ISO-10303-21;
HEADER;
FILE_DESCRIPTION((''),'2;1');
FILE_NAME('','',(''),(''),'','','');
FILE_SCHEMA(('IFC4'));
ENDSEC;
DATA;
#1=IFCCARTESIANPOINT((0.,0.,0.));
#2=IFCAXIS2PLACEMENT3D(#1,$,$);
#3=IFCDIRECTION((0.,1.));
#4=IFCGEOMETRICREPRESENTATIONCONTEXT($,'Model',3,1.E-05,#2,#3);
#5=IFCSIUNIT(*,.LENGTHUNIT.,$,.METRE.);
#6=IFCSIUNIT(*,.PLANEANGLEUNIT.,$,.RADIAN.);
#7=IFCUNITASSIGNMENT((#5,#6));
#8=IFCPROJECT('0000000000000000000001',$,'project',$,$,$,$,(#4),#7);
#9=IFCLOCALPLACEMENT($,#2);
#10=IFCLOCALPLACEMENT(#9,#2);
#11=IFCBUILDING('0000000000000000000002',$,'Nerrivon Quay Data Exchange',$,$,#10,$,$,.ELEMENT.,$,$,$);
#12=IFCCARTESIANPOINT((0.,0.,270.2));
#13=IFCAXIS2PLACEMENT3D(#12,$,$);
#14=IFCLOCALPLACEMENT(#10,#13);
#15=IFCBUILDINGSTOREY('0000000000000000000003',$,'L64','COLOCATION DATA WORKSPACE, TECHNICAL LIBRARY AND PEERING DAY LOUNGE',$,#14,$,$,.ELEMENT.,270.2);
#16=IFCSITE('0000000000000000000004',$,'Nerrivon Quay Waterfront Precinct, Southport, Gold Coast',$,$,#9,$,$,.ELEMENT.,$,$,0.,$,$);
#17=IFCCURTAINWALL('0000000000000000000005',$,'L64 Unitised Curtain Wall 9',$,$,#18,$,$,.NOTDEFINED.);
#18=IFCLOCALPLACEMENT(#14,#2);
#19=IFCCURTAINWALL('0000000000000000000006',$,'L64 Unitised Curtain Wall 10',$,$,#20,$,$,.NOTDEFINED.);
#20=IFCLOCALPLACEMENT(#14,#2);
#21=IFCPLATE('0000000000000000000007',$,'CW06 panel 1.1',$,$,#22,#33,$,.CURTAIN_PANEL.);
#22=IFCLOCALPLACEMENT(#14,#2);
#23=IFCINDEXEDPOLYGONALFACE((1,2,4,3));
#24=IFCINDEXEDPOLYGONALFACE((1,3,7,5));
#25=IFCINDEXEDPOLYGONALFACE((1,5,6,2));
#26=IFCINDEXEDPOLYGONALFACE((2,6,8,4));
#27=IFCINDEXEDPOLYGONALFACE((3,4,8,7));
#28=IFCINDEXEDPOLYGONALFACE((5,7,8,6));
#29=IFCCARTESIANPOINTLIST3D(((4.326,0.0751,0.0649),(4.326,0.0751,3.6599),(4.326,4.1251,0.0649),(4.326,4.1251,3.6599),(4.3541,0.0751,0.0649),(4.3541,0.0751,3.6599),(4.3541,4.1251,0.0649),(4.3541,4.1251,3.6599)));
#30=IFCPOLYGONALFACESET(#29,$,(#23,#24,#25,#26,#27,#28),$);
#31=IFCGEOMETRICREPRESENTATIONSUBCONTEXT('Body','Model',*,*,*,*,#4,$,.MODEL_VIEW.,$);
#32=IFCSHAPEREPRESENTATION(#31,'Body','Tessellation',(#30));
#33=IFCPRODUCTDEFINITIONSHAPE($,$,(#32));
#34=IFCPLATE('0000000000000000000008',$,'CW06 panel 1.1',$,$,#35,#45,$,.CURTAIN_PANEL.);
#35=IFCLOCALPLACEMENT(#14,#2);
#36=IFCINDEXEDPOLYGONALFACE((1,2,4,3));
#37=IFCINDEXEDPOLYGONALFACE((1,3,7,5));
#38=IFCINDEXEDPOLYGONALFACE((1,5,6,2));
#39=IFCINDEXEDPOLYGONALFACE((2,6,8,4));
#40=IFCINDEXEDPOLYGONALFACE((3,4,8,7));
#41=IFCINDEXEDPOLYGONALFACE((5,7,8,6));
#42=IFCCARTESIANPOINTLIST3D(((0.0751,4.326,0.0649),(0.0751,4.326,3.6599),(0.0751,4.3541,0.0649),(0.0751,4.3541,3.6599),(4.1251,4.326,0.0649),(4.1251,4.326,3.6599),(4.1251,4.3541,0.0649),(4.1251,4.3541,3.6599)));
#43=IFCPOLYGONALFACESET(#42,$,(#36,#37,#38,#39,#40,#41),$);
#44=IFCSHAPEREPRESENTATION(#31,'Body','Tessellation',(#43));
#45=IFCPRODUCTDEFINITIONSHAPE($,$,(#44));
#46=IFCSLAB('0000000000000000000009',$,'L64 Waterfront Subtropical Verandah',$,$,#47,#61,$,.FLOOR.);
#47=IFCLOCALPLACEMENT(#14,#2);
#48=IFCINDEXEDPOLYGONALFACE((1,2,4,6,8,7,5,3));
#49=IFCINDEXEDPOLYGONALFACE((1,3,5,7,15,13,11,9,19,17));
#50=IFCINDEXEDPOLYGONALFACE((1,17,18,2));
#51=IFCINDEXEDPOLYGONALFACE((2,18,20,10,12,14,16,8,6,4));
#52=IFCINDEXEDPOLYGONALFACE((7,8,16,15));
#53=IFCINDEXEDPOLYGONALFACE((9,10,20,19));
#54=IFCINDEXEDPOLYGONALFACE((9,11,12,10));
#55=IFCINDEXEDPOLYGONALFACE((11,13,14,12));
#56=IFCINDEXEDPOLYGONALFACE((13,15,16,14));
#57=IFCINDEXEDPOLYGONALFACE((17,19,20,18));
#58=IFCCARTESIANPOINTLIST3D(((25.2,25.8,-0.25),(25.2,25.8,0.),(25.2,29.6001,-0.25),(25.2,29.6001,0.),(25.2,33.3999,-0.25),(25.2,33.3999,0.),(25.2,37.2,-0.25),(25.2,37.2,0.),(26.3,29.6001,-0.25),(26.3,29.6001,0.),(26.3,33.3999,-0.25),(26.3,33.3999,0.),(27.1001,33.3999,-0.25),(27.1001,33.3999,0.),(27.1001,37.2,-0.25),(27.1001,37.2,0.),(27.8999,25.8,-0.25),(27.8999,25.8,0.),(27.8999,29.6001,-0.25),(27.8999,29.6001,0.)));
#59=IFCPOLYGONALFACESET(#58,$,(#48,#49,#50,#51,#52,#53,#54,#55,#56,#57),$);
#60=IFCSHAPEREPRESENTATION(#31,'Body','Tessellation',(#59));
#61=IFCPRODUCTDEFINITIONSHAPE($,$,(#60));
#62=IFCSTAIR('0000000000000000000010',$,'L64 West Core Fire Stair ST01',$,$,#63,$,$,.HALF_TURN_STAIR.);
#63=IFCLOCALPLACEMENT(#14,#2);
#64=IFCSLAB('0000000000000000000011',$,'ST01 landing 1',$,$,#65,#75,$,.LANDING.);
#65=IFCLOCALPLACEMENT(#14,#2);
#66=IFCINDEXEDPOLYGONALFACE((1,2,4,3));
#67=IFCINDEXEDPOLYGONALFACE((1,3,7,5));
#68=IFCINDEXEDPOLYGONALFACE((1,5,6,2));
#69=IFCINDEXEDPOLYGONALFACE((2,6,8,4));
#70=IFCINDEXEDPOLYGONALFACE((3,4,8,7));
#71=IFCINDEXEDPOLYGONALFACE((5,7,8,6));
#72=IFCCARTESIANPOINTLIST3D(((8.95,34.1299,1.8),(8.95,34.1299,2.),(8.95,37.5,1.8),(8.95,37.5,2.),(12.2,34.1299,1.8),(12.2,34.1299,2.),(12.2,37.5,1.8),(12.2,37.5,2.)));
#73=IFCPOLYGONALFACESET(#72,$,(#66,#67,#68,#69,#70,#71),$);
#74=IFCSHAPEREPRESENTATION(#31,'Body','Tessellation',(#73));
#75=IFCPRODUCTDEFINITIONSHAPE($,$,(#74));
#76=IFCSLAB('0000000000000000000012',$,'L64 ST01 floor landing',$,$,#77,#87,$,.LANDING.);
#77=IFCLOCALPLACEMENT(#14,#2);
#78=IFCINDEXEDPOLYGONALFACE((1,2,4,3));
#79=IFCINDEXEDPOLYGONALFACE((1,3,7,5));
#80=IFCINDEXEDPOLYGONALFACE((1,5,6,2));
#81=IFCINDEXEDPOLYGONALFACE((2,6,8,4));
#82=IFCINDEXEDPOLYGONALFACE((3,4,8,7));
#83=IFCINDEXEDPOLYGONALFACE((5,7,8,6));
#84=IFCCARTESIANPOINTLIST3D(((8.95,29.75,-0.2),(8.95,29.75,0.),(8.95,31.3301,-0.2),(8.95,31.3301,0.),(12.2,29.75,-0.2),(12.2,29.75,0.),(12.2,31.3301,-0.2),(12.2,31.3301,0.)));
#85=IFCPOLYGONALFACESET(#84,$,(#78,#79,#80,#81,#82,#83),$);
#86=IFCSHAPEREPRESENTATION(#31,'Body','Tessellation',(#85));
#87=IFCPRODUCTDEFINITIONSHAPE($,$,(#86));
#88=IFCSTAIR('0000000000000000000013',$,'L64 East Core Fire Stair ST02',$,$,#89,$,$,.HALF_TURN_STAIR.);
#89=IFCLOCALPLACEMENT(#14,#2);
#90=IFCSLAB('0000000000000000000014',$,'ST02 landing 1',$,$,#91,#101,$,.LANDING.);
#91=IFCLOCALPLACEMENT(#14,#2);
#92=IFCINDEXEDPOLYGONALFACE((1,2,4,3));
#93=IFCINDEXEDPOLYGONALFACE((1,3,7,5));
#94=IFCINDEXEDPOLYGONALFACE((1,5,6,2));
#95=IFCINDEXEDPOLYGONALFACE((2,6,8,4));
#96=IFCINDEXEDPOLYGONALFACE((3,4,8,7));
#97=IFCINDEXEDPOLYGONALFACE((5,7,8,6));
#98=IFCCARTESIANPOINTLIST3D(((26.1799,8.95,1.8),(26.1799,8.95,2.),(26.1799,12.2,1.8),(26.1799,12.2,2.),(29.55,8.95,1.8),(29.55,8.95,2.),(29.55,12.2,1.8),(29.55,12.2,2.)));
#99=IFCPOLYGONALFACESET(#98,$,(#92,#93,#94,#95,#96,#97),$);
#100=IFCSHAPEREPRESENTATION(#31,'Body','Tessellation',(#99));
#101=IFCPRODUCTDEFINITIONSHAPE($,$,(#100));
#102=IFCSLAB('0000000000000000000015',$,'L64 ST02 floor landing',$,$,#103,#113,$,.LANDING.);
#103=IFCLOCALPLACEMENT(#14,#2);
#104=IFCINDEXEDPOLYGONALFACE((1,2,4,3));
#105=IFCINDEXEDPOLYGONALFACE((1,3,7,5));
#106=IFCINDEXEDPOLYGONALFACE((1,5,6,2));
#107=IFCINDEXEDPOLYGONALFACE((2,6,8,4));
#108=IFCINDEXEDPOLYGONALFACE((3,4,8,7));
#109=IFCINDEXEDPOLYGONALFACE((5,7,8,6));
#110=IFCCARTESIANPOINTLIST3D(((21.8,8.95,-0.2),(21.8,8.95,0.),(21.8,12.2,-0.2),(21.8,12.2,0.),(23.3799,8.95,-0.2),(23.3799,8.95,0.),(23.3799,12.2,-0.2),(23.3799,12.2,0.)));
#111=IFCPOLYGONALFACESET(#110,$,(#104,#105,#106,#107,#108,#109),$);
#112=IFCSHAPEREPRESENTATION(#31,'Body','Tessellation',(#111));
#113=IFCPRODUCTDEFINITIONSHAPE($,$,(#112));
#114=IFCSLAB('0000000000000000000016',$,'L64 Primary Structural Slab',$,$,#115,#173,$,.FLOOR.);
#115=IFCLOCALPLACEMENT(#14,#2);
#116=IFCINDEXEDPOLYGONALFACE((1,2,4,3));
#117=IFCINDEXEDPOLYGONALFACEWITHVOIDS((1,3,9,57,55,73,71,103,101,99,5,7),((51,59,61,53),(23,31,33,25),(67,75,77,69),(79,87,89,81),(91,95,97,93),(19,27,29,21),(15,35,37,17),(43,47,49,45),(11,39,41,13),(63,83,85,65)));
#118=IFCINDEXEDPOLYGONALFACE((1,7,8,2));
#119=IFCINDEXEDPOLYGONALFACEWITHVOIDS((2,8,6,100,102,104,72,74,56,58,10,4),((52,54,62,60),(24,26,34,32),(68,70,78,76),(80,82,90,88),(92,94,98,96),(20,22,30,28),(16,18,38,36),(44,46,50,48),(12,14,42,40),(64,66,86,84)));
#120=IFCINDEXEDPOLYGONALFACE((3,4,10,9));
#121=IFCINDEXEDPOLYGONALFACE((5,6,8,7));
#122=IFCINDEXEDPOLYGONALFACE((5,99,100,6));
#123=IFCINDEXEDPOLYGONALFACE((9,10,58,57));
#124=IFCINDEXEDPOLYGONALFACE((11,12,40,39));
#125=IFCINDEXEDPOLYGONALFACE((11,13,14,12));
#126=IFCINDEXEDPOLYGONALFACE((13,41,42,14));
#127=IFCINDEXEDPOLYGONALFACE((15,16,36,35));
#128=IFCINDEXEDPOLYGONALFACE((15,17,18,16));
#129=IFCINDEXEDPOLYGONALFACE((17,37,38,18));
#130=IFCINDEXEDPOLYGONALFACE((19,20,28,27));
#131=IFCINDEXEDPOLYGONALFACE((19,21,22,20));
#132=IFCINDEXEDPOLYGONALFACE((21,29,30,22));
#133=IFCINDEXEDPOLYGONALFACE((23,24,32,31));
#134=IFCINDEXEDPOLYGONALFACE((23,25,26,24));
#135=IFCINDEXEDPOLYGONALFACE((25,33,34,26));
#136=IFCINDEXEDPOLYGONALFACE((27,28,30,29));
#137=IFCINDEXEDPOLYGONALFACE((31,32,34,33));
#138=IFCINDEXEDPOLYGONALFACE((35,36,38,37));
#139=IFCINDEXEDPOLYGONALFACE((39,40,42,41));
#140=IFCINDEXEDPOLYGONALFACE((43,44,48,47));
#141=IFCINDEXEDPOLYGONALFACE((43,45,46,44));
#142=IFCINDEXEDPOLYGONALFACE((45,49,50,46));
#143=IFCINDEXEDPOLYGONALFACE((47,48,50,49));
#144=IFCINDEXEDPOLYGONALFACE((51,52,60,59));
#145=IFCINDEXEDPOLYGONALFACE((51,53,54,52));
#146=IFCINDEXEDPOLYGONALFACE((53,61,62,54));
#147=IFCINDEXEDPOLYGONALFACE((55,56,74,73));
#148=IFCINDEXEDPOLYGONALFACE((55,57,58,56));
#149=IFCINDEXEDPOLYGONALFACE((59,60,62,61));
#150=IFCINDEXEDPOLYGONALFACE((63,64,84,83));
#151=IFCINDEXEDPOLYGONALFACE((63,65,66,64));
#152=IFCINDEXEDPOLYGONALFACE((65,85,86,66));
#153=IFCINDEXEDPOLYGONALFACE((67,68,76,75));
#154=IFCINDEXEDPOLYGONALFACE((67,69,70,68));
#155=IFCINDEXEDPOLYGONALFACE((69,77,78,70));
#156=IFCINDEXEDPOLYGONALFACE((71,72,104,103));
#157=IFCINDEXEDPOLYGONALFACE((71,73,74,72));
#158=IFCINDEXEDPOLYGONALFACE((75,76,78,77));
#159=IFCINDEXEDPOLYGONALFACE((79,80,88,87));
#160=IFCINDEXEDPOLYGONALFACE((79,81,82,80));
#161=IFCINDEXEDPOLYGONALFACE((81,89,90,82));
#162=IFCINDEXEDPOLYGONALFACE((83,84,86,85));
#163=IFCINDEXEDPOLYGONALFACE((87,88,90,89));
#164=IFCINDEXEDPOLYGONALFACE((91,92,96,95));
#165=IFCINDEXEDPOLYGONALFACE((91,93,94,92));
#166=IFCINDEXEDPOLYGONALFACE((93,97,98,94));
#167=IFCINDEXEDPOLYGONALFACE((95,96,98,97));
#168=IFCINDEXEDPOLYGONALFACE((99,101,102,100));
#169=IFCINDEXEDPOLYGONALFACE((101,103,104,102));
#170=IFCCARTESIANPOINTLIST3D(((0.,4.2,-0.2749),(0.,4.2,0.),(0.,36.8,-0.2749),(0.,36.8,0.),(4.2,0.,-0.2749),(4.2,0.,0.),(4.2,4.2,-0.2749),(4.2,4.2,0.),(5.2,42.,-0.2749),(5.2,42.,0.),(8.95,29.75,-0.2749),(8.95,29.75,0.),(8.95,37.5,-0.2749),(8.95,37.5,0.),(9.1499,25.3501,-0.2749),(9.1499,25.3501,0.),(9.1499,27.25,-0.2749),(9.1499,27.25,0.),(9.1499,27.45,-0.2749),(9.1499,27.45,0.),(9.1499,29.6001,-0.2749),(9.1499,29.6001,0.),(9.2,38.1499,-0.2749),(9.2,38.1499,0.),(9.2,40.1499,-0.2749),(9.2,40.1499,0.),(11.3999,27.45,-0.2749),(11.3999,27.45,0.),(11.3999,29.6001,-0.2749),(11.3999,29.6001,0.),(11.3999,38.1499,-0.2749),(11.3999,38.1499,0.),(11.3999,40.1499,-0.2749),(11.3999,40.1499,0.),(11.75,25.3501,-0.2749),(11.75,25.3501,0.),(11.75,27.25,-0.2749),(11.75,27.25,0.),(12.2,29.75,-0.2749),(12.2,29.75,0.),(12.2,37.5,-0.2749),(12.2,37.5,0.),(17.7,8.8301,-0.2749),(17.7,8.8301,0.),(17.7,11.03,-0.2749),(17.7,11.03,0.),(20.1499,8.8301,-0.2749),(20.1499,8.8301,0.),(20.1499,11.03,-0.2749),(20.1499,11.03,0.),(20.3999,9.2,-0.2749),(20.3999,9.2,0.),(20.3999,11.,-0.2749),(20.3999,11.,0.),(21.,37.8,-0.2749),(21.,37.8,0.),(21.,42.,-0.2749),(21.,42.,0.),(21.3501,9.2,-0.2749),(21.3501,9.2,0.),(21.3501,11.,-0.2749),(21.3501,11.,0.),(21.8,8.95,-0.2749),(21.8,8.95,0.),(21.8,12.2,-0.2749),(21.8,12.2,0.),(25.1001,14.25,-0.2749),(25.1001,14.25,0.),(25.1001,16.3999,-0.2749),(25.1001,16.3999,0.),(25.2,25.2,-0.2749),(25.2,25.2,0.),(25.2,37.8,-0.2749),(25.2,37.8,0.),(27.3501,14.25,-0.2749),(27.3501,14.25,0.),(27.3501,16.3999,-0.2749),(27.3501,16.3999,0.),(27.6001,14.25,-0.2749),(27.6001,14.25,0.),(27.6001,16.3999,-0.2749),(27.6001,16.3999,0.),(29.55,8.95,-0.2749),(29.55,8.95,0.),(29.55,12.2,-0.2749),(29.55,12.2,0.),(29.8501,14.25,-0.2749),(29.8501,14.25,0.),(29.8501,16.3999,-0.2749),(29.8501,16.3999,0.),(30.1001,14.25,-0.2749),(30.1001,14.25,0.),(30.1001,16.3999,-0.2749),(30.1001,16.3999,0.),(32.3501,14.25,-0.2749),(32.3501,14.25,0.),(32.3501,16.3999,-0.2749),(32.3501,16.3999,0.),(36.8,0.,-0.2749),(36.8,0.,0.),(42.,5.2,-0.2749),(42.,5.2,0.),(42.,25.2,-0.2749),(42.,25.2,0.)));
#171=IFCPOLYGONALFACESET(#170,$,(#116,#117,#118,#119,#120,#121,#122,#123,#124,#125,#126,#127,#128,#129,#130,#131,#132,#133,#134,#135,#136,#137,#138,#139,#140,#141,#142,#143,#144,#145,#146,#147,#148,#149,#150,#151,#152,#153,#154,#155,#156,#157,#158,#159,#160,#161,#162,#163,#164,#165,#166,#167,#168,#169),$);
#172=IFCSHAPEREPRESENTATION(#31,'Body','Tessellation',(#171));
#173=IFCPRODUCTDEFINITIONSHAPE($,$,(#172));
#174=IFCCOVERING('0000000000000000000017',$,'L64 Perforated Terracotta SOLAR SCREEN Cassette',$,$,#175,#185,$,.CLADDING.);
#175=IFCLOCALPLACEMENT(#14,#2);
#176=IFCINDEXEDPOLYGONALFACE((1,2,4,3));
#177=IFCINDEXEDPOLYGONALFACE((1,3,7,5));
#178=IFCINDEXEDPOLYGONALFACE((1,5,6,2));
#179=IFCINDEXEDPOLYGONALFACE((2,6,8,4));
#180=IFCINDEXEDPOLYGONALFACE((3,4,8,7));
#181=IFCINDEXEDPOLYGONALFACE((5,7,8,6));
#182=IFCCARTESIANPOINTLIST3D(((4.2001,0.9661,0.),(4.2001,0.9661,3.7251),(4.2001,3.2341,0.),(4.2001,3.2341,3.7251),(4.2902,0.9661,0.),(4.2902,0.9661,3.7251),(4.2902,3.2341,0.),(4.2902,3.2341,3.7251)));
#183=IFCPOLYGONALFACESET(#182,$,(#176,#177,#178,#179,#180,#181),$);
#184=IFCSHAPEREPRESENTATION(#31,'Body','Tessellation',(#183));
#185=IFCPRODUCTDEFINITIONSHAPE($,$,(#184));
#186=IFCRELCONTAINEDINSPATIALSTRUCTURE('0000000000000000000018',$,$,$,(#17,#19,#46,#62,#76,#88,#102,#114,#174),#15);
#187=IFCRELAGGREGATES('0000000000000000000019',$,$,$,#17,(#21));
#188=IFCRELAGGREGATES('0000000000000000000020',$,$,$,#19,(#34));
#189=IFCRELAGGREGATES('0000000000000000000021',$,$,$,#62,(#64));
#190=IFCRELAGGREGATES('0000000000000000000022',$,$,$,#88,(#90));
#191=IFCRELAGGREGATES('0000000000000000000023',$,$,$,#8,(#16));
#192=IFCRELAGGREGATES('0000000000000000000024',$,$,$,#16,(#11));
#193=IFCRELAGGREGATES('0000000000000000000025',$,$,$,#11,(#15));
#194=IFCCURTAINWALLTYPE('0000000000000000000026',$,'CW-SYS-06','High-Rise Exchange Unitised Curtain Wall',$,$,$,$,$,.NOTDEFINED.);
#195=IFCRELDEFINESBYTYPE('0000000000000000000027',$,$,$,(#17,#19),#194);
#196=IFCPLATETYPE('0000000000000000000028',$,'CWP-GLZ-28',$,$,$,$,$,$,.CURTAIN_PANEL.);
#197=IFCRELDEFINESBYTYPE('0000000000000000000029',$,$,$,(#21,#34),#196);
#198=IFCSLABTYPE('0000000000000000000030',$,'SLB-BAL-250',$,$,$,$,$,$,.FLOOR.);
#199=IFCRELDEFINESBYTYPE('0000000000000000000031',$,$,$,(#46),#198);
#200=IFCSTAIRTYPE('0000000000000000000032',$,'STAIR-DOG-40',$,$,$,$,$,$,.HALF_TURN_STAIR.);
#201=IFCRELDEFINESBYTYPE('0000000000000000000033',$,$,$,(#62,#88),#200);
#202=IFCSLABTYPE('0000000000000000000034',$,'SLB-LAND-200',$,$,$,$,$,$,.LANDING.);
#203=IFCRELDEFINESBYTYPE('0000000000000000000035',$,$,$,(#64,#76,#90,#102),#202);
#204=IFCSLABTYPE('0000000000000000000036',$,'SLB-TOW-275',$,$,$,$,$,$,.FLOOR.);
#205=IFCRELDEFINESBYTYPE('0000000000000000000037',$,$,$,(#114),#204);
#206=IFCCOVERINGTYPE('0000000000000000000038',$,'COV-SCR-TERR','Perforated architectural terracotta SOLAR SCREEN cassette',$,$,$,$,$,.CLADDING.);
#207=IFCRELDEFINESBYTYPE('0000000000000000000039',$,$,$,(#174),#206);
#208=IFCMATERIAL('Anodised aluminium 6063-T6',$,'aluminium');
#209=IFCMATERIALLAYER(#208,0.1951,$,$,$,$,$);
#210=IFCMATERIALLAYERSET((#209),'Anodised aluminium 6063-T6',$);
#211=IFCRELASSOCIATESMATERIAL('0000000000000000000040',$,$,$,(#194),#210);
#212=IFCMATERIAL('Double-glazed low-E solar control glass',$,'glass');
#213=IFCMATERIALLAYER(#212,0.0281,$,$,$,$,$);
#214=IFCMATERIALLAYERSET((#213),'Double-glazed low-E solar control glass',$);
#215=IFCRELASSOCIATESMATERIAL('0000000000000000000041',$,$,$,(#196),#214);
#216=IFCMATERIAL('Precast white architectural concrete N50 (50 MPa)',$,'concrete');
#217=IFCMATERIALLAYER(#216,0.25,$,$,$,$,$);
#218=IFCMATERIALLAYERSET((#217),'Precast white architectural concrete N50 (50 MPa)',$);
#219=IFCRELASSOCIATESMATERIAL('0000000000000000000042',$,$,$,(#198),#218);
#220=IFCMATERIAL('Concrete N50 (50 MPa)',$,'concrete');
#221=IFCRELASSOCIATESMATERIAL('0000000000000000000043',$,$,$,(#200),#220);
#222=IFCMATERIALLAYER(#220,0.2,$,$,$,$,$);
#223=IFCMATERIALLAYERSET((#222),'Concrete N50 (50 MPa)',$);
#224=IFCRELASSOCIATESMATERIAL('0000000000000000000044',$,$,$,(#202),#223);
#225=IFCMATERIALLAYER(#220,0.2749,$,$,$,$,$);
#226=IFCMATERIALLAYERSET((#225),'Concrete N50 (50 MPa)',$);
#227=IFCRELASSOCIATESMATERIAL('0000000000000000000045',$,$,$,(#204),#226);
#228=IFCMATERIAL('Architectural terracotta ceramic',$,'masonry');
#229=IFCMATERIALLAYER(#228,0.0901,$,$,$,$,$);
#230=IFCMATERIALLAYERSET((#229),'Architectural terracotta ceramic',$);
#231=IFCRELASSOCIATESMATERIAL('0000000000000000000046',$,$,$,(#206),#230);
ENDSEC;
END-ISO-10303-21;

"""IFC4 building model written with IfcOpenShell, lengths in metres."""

from ifc_helpers import new_model, si_unit, direction, frame, origin, origin_2d, place, context, subcontext, project, spatial, polyline, rectangle, outline, extrude, material, layer, layer_set, type_object, element, aggregate, save


model = new_model("IFC4")

# Units and contexts
model_context = context("Model", 3, precision=1e-05, world=origin(), true_north=direction((0.0, 1.0)))
body_context = subcontext(model_context, "Body", "Model", "MODEL_VIEW")
ifc_project = project(units=[si_unit("LENGTHUNIT", "METRE"), si_unit("PLANEANGLEUNIT", "RADIAN")], contexts=[model_context])

# Site, building, storey
site_placement = place(None, origin())
site = spatial("IfcSite", under=ifc_project, at=site_placement, Name="Nerrivon Quay Waterfront Precinct, Southport, Gold Coast", CompositionType="ELEMENT", RefElevation=0.0)
building_placement = place(site_placement, origin())
building = spatial("IfcBuilding", under=site, at=building_placement, Name="Nerrivon Quay Data Exchange", CompositionType="ELEMENT")
storey_placement = place(building_placement, frame((0.0, 0.0, 270.2)))
storey = spatial("IfcBuildingStorey", under=building, at=storey_placement, Name="L64", Description="COLOCATION DATA WORKSPACE, TECHNICAL LIBRARY AND PEERING DAY LOUNGE", CompositionType="ELEMENT", Elevation=270.2)

# Curtain wall
ifc_material_1 = material(Name="Anodised aluminium 6063-T6", Category="aluminium")
ifc_layer_1 = layer(ifc_material_1, 0.1951)
ifc_layer_set_1 = layer_set([ifc_layer_1], Name="Anodised aluminium 6063-T6")
curtain_wall_type = type_object("IfcCurtainWallType", Name="CW-SYS-06", Description="High-Rise Exchange Unitised Curtain Wall", PredefinedType="NOTDEFINED", material=ifc_layer_set_1)
curtain_wall_1_placement = place(storey_placement, origin())
curtain_wall_1 = element("IfcCurtainWall", 1, at=curtain_wall_1_placement, inside=storey, type_object=curtain_wall_type, Name="L64 Unitised Curtain Wall 9", PredefinedType="NOTDEFINED")

# Curtain wall
curtain_wall_2_placement = place(storey_placement, origin())
curtain_wall_2 = element("IfcCurtainWall", 2, at=curtain_wall_2_placement, inside=storey, type_object=curtain_wall_type, Name="L64 Unitised Curtain Wall 10", PredefinedType="NOTDEFINED")

# Plates
ifc_material_2 = material(Name="Double-glazed low-E solar control glass", Category="glass")
ifc_layer_2 = layer(ifc_material_2, 0.0281)
ifc_layer_set_2 = layer_set([ifc_layer_2], Name="Double-glazed low-E solar control glass")
plate_type = type_object("IfcPlateType", Name="CWP-GLZ-28", PredefinedType="CURTAIN_PANEL", material=ifc_layer_set_2)
plate_1_placement = place(storey_placement, frame((4.3401, 2.1001, 0.0649), z_axis=(0.0, 0.0, 1.0), x_axis=(0.0, 1.0, 0.0)))
plate_1 = element("IfcPlate", 3, at=plate_1_placement, type_object=plate_type, Name="CW06 panel 1.1", PredefinedType="CURTAIN_PANEL", context=body_context, shape_type="SweptSolid", body=[
    extrude(rectangle(XDim=4.05, YDim=0.0281, at=origin_2d()), origin(), (0.0, 0.0, 1.0), 3.595),
])
aggregate(curtain_wall_1, [plate_1])
plate_2_placement = place(storey_placement, frame((2.1001, 4.3401, 0.0649), z_axis=(0.0, 0.0, 1.0), x_axis=(-1.0, 0.0, 0.0)))
plate_2 = element("IfcPlate", 4, at=plate_2_placement, type_object=plate_type, Name="CW06 panel 1.1", PredefinedType="CURTAIN_PANEL", context=body_context, shape_type="SweptSolid", body=[
    extrude(rectangle(XDim=4.05, YDim=0.0281, at=origin_2d()), origin(), (0.0, 0.0, 1.0), 3.595),
])
aggregate(curtain_wall_2, [plate_2])

# Slab
ifc_material_3 = material(Name="Precast white architectural concrete N50 (50 MPa)", Category="concrete")
ifc_layer_3 = layer(ifc_material_3, 0.25)
ifc_layer_set_3 = layer_set([ifc_layer_3], Name="Precast white architectural concrete N50 (50 MPa)")
slab_type_1 = type_object("IfcSlabType", Name="SLB-BAL-250", PredefinedType="FLOOR", material=ifc_layer_set_3)
slab_1_placement = place(storey_placement, frame((0.0, 0.0, -0.25)))
element("IfcSlab", 5, at=slab_1_placement, inside=storey, type_object=slab_type_1, Name="L64 Waterfront Subtropical Verandah", PredefinedType="FLOOR", context=body_context, shape_type="SweptSolid", body=[
    extrude(outline(polyline([(26.3, 29.6001), (26.3, 33.3999), (27.1001, 33.3999), (27.1001, 37.2), (25.2, 37.2), (25.2, 33.3999), (25.2, 29.6001), (25.2, 25.8), (27.8999, 25.8), (27.8999, 29.6001), (26.3, 29.6001)])), origin(), (0.0, 0.0, 1.0), 0.25),
])

# Stair, slab
ifc_material_4 = material(Name="Concrete N50 (50 MPa)", Category="concrete")
stair_type = type_object("IfcStairType", Name="STAIR-DOG-40", PredefinedType="HALF_TURN_STAIR", material=ifc_material_4)
stair_1_placement = place(storey_placement, origin())
stair_1 = element("IfcStair", 6, at=stair_1_placement, inside=storey, type_object=stair_type, Name="L64 West Core Fire Stair ST01", PredefinedType="HALF_TURN_STAIR")
ifc_layer_4 = layer(ifc_material_4, 0.2)
ifc_layer_set_4 = layer_set([ifc_layer_4], Name="Concrete N50 (50 MPa)")
slab_type_2 = type_object("IfcSlabType", Name="SLB-LAND-200", PredefinedType="LANDING", material=ifc_layer_set_4)
slab_2_placement = place(storey_placement, frame((0.0, 0.0, 1.8)))
slab_2 = element("IfcSlab", 7, at=slab_2_placement, type_object=slab_type_2, Name="ST01 landing 1", PredefinedType="LANDING", context=body_context, shape_type="SweptSolid", body=[
    extrude(outline(polyline([(12.2, 34.1299), (12.2, 37.5), (8.95, 37.5), (8.95, 34.1299), (12.2, 34.1299)])), origin(), (0.0, 0.0, 1.0), 0.2),
])
aggregate(stair_1, [slab_2])

# Slab
slab_3_placement = place(storey_placement, frame((0.0, 0.0, -0.2)))
element("IfcSlab", 8, at=slab_3_placement, inside=storey, type_object=slab_type_2, Name="L64 ST01 floor landing", PredefinedType="LANDING", context=body_context, shape_type="SweptSolid", body=[
    extrude(outline(polyline([(12.2, 29.75), (12.2, 31.3301), (8.95, 31.3301), (8.95, 29.75), (12.2, 29.75)])), origin(), (0.0, 0.0, 1.0), 0.2),
])

# Stair, slab
stair_2_placement = place(storey_placement, origin())
stair_2 = element("IfcStair", 9, at=stair_2_placement, inside=storey, type_object=stair_type, Name="L64 East Core Fire Stair ST02", PredefinedType="HALF_TURN_STAIR")
slab_4_placement = place(storey_placement, frame((0.0, 0.0, 1.8)))
slab_4 = element("IfcSlab", 10, at=slab_4_placement, type_object=slab_type_2, Name="ST02 landing 1", PredefinedType="LANDING", context=body_context, shape_type="SweptSolid", body=[
    extrude(outline(polyline([(26.1799, 8.95), (29.55, 8.95), (29.55, 12.2), (26.1799, 12.2), (26.1799, 8.95)])), origin(), (0.0, 0.0, 1.0), 0.2),
])
aggregate(stair_2, [slab_4])

# Slabs
slab_5_placement = place(storey_placement, frame((0.0, 0.0, -0.2)))
element("IfcSlab", 11, at=slab_5_placement, inside=storey, type_object=slab_type_2, Name="L64 ST02 floor landing", PredefinedType="LANDING", context=body_context, shape_type="SweptSolid", body=[
    extrude(outline(polyline([(21.8, 8.95), (23.3799, 8.95), (23.3799, 12.2), (21.8, 12.2), (21.8, 8.95)])), origin(), (0.0, 0.0, 1.0), 0.2),
])
ifc_layer_5 = layer(ifc_material_4, 0.2749)
ifc_layer_set_5 = layer_set([ifc_layer_5], Name="Concrete N50 (50 MPa)")
slab_type_3 = type_object("IfcSlabType", Name="SLB-TOW-275", PredefinedType="FLOOR", material=ifc_layer_set_5)
slab_6_placement = place(storey_placement, frame((0.0, 0.0, -0.2749)))
element("IfcSlab", 12, at=slab_6_placement, inside=storey, type_object=slab_type_3, Name="L64 Primary Structural Slab", PredefinedType="FLOOR", context=body_context, shape_type="SweptSolid", body=[
    extrude(outline(polyline([(42.0, 25.2), (25.2, 25.2), (25.2, 37.8), (21.0, 37.8), (21.0, 42.0), (5.2, 42.0), (0.0, 36.8), (0.0, 4.2), (4.2, 4.2), (4.2, 0.0), (36.8, 0.0), (42.0, 5.2), (42.0, 25.2)]), holes=[polyline([(8.95, 29.75), (8.95, 37.5), (12.2, 37.5), (12.2, 29.75), (8.95, 29.75)]), polyline([(21.8, 12.2), (29.55, 12.2), (29.55, 8.95), (21.8, 8.95), (21.8, 12.2)]), polyline([(30.1001, 14.25), (30.1001, 16.3999), (32.3501, 16.3999), (32.3501, 14.25), (30.1001, 14.25)]), polyline([(27.6001, 14.25), (27.6001, 16.3999), (29.8501, 16.3999), (29.8501, 14.25), (27.6001, 14.25)]), polyline([(25.1001, 14.25), (25.1001, 16.3999), (27.3501, 16.3999), (27.3501, 14.25), (25.1001, 14.25)]), polyline([(20.3999, 9.2), (20.3999, 11.0), (21.3501, 11.0), (21.3501, 9.2), (20.3999, 9.2)]), polyline([(17.7, 8.8301), (17.7, 11.03), (20.1499, 11.03), (20.1499, 8.8301), (17.7, 8.8301)]), polyline([(9.1499, 25.3501), (9.1499, 27.25), (11.75, 27.25), (11.75, 25.3501), (9.1499, 25.3501)]), polyline([(9.1499, 27.45), (9.1499, 29.6001), (11.3999, 29.6001), (11.3999, 27.45), (9.1499, 27.45)]), polyline([(9.2, 38.1499), (9.2, 40.1499), (11.3999, 40.1499), (11.3999, 38.1499), (9.2, 38.1499)])]), origin(), (0.0, 0.0, 1.0), 0.2749),
])

# Covering
ifc_material_5 = material(Name="Architectural terracotta ceramic", Category="masonry")
ifc_layer_6 = layer(ifc_material_5, 0.0901)
ifc_layer_set_6 = layer_set([ifc_layer_6], Name="Architectural terracotta ceramic")
covering_type = type_object("IfcCoveringType", Name="COV-SCR-TERR", Description="Perforated architectural terracotta SOLAR SCREEN cassette", PredefinedType="CLADDING", material=ifc_layer_set_6)
for number, where, z_axis, x_axis, name in (
    (13, (4.2451, 2.1001, 0.0), (0.0, 0.0, 1.0), (0.0, 1.0, 0.0), "L64 Perforated Terracotta SOLAR SCREEN Cassette"),
):
    element("IfcCovering", number, at=place(storey_placement, frame(where, z_axis=z_axis, x_axis=x_axis)), inside=storey, type_object=covering_type, Name=name, PredefinedType="CLADDING", context=body_context, shape_type="SweptSolid", body=[
        extrude(rectangle(XDim=2.2681, YDim=0.0901, at=origin_2d()), origin(), (0.0, 0.0, 1.0), 3.7251),
    ])

save(model, "model.ifc")
